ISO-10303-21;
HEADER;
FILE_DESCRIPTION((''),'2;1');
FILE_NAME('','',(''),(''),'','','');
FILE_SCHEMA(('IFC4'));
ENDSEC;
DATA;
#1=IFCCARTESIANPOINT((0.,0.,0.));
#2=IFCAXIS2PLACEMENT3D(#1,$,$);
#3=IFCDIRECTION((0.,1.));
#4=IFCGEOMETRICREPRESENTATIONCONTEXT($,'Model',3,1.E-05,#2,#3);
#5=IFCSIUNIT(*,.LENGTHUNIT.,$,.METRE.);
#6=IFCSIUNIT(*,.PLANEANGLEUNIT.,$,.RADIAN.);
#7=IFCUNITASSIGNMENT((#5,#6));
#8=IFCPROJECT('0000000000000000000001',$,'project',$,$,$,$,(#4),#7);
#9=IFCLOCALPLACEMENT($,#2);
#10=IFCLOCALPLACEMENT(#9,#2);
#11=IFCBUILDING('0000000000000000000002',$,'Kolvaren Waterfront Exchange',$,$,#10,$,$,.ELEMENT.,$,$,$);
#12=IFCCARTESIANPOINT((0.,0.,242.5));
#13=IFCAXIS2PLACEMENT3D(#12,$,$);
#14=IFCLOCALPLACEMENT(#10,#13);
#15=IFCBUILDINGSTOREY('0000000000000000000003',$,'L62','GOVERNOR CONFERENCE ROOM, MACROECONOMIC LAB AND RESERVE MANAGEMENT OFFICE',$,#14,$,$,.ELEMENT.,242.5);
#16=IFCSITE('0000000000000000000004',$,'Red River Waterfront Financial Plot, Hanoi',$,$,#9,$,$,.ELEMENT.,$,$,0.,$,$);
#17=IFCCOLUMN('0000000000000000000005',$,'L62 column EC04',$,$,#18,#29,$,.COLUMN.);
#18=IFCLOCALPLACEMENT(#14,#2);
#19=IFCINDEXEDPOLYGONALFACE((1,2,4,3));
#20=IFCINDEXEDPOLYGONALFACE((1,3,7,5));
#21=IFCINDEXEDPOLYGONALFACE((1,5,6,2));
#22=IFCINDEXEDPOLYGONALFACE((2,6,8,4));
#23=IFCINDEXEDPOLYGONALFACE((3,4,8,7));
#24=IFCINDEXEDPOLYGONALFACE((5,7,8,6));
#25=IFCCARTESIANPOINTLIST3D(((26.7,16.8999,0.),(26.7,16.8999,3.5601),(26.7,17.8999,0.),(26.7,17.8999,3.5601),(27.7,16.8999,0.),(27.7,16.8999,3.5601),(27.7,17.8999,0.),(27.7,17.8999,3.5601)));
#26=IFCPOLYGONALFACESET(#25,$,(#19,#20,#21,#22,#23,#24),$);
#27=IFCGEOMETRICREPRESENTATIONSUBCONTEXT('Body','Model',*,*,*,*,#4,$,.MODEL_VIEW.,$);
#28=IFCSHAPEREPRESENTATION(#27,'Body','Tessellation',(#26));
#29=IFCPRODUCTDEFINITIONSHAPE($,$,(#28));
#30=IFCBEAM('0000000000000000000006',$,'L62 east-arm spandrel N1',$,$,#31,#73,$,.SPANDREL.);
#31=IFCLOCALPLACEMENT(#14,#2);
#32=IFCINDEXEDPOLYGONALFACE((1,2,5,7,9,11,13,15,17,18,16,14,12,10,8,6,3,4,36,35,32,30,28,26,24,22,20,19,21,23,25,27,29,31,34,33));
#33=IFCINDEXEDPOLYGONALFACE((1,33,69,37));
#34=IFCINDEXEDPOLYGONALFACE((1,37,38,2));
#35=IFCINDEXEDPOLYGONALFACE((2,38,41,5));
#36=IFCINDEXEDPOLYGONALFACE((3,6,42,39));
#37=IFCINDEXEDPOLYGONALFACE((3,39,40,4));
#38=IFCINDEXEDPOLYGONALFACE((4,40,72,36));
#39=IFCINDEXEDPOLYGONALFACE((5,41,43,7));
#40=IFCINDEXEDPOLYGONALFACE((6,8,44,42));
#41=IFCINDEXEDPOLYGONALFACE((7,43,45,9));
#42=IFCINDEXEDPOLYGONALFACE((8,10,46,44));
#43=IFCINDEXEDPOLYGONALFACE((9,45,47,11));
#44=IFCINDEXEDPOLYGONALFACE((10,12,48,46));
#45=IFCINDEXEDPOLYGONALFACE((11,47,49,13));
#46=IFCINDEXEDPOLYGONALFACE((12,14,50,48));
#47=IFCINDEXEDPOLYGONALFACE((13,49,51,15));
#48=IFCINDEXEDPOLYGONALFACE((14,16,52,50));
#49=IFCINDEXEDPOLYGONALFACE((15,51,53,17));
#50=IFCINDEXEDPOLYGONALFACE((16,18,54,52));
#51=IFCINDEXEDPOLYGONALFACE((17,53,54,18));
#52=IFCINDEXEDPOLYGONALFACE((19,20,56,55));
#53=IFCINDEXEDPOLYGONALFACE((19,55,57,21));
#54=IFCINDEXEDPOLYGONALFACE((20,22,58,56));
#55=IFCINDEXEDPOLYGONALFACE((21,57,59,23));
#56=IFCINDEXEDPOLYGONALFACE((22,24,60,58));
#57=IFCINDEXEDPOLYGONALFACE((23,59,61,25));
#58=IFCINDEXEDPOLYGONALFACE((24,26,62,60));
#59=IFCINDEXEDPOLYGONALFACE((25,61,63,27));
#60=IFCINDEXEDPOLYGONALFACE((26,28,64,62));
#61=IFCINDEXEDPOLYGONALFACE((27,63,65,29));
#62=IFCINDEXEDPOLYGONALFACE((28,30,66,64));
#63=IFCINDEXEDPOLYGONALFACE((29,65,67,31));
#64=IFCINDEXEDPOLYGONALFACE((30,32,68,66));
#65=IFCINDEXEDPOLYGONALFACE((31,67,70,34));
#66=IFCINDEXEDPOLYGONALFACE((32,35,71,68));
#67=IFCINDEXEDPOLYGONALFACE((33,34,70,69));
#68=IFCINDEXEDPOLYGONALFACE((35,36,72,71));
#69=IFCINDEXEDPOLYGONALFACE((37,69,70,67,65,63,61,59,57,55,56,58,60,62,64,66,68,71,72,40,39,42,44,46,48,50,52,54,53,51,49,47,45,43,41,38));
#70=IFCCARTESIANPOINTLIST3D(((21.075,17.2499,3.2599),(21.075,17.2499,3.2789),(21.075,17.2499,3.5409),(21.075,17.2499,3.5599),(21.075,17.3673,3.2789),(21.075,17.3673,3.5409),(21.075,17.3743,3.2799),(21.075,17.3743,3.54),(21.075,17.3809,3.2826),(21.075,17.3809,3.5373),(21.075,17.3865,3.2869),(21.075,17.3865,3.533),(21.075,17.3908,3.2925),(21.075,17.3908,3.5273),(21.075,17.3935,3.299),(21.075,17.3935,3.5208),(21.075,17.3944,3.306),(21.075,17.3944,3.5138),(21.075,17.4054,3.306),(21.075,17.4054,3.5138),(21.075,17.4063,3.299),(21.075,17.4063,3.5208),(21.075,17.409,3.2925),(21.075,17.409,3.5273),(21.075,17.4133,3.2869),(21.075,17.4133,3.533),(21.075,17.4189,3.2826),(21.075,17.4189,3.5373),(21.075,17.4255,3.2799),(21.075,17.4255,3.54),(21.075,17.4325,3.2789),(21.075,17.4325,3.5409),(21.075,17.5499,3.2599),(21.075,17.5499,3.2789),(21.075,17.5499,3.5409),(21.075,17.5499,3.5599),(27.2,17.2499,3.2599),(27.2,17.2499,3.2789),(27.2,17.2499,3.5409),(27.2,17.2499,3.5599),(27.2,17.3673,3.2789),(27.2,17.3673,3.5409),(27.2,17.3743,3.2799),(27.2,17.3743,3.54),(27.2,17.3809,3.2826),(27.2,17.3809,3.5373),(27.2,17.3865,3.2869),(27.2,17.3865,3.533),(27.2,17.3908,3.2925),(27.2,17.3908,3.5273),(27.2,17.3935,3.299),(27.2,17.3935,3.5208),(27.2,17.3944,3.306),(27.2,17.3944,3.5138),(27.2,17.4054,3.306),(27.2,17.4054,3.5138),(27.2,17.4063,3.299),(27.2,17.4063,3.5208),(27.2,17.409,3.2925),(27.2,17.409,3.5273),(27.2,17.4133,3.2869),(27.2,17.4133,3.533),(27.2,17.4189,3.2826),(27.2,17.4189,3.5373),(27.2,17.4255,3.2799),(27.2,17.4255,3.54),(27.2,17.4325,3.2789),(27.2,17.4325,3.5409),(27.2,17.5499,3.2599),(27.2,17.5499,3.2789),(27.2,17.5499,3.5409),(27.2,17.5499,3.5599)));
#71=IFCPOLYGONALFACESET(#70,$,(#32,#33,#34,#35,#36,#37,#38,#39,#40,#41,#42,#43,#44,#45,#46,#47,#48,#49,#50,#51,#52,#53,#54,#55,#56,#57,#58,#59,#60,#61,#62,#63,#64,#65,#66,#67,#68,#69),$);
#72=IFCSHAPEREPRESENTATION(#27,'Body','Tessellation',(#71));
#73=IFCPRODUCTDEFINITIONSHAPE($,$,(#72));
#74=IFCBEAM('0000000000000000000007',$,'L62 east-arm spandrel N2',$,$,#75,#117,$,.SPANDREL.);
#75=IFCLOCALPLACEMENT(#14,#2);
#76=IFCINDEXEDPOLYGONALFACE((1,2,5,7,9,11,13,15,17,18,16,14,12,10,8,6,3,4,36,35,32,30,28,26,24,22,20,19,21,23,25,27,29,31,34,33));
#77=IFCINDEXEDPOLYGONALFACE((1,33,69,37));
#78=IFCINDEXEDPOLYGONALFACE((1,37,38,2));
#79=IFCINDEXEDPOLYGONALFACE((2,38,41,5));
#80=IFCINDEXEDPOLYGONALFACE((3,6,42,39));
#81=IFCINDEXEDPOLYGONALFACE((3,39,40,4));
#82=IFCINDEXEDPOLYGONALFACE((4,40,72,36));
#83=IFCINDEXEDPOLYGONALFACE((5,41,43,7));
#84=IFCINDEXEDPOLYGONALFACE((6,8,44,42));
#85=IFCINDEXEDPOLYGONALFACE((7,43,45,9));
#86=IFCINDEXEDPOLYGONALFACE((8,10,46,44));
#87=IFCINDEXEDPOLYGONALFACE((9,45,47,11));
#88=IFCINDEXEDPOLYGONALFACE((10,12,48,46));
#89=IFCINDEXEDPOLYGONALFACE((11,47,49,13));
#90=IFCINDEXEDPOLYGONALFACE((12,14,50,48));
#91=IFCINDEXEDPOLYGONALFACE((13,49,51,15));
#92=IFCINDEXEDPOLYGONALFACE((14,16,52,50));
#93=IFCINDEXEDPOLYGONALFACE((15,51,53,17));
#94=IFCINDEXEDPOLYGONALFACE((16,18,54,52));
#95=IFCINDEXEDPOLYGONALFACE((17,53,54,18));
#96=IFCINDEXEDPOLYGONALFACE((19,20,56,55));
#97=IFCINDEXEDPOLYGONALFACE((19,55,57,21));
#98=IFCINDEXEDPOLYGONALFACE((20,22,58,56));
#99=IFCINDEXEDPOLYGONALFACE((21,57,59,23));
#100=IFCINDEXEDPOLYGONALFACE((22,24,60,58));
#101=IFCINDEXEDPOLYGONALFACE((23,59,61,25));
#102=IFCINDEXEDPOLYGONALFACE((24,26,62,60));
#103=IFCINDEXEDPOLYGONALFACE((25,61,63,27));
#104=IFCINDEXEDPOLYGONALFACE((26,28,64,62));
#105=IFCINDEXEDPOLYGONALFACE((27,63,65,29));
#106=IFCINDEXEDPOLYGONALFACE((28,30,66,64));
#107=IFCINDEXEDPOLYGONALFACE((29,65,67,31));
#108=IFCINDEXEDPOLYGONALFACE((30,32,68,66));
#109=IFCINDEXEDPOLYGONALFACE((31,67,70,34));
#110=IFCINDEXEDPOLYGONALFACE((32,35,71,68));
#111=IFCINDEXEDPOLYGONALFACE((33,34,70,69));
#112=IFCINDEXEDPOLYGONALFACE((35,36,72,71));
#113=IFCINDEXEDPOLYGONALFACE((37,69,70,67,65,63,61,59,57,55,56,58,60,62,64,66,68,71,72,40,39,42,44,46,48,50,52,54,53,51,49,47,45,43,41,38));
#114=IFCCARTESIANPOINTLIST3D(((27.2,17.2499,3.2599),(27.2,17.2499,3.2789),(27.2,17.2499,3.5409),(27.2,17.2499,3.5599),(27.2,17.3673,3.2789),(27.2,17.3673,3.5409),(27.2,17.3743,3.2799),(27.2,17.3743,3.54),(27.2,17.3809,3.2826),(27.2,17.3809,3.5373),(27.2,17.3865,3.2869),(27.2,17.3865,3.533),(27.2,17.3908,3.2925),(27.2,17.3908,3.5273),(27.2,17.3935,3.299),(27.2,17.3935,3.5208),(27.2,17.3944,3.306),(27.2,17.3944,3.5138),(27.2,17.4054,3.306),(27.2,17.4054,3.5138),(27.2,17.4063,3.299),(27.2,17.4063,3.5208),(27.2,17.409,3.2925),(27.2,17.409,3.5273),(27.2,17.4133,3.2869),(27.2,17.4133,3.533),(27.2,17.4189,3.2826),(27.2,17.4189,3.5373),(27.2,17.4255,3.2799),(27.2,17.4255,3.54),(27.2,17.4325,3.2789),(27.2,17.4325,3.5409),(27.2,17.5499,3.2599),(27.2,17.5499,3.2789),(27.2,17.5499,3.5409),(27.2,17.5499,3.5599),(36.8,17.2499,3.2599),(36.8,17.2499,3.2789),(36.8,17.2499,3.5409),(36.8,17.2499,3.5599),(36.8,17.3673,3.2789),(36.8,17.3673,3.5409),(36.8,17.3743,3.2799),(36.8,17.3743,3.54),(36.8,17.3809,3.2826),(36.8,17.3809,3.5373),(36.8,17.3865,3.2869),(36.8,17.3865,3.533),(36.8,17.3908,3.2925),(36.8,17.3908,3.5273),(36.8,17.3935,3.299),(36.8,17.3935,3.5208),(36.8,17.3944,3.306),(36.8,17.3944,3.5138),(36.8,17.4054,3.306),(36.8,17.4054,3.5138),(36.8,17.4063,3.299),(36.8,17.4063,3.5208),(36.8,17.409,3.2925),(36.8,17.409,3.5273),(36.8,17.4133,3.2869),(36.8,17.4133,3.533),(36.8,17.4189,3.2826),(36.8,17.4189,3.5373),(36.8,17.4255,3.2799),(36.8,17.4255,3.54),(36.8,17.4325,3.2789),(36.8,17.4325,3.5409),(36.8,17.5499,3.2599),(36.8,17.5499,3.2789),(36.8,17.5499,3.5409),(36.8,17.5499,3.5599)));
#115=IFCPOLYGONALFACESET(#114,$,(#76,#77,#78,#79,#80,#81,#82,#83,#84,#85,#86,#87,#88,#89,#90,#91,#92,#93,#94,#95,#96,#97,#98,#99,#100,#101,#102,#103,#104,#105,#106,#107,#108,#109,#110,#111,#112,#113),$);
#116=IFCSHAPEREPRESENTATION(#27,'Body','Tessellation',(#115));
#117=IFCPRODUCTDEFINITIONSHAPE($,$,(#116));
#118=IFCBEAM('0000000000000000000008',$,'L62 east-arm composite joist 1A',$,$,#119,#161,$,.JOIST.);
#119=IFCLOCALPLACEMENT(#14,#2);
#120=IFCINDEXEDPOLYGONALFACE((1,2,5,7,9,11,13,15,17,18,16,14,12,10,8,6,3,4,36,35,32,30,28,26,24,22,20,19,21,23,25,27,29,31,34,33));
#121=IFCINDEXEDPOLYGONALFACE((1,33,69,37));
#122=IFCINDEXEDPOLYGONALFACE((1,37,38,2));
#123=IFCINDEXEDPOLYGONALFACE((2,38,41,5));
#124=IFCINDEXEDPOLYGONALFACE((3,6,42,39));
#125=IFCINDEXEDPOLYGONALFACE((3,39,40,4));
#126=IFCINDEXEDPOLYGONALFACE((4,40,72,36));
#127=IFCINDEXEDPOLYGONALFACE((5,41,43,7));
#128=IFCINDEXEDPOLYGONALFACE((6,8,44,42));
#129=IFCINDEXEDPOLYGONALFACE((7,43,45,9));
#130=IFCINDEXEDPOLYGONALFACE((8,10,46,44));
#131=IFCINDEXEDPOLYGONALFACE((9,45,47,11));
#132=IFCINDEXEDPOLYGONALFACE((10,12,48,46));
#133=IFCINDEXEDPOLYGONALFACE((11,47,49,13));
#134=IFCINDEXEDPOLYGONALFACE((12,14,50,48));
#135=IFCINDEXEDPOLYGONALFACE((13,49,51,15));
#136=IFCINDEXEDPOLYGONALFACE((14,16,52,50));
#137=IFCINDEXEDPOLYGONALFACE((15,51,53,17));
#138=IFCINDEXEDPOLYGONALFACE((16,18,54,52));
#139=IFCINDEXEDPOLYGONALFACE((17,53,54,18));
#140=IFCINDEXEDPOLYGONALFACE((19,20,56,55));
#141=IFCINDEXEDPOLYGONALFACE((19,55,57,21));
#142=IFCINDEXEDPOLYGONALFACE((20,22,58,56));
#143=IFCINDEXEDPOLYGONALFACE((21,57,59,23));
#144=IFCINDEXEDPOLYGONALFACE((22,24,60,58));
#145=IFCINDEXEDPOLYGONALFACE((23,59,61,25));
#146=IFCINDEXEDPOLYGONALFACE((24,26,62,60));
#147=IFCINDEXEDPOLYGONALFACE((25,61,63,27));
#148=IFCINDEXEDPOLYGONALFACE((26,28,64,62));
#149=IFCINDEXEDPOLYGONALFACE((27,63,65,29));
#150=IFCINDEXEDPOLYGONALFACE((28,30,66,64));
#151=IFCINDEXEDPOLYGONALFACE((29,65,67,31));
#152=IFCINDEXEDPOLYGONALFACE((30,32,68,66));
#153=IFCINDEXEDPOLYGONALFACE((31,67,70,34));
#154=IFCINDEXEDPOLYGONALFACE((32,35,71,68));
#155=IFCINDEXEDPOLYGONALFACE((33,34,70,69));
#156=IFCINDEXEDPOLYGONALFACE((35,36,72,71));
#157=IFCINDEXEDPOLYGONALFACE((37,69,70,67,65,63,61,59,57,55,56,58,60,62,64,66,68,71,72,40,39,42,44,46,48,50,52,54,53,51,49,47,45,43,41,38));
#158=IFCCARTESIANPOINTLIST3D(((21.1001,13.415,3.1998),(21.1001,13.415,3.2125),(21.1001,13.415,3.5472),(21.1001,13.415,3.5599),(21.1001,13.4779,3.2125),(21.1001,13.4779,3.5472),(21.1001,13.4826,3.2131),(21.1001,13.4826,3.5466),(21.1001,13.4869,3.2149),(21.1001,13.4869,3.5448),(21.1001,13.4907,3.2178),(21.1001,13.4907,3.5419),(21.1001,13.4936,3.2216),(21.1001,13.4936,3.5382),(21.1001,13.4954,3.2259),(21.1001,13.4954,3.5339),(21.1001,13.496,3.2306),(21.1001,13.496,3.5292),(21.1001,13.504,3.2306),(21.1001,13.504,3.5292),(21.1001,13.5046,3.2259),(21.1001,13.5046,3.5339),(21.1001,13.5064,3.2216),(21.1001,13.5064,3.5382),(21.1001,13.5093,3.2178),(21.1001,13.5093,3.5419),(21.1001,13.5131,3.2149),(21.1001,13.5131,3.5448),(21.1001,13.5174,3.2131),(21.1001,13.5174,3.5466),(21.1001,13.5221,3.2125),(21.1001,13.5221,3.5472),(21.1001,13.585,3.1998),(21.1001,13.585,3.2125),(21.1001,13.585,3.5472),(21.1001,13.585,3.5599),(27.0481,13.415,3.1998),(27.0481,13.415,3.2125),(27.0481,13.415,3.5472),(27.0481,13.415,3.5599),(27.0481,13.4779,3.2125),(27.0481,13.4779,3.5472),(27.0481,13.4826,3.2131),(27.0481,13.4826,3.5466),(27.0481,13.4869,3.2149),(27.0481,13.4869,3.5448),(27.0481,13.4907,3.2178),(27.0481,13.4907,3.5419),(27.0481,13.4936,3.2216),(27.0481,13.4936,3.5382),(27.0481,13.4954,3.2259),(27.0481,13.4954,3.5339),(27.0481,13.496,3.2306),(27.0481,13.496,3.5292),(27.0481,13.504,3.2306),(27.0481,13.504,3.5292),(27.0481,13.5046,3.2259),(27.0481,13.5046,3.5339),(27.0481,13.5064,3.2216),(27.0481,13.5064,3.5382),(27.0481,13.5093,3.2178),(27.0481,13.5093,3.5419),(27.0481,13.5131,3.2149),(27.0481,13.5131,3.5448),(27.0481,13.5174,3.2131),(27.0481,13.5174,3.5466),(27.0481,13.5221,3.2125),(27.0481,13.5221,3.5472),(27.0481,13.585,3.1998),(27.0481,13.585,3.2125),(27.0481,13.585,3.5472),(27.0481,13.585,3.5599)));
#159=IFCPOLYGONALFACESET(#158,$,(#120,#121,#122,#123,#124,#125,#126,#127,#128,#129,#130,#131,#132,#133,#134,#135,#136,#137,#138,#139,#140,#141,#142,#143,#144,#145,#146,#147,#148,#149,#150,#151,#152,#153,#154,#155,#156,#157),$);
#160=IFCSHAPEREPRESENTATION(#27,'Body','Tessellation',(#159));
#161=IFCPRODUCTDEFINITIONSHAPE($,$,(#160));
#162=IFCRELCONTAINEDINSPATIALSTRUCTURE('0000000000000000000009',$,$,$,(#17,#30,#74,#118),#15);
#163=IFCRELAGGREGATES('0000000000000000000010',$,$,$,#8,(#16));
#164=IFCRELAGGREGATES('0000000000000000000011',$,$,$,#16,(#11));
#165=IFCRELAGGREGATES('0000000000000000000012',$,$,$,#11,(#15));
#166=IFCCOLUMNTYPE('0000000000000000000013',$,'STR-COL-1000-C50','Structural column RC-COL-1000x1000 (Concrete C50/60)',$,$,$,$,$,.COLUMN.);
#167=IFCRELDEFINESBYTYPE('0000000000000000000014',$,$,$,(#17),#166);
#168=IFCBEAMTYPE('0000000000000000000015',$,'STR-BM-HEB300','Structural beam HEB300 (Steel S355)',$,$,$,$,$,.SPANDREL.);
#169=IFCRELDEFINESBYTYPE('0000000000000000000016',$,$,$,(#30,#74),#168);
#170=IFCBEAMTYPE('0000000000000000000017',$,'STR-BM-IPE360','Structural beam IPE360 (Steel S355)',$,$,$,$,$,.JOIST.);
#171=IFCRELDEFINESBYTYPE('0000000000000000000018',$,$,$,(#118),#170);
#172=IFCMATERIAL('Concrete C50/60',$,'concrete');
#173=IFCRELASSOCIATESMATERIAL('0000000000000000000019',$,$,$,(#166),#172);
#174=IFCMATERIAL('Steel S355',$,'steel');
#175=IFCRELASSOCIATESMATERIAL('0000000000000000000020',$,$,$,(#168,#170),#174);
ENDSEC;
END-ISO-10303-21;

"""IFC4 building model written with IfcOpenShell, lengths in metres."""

from ifc_helpers import new_model, si_unit, direction, frame, origin, origin_2d, place, context, subcontext, project, spatial, rectangle, i_section, extrude, material, material_profile, profile_set, type_object, element, save


model = new_model("IFC4")

# Units and contexts
model_context = context("Model", 3, precision=1e-05, world=origin(), true_north=direction((0.0, 1.0)))
body_context = subcontext(model_context, "Body", "Model", "MODEL_VIEW")
ifc_project = project(units=[si_unit("LENGTHUNIT", "METRE"), si_unit("PLANEANGLEUNIT", "RADIAN")], contexts=[model_context])

# Site, building, storey
site_placement = place(None, origin())
site = spatial("IfcSite", under=ifc_project, at=site_placement, Name="Red River Waterfront Financial Plot, Hanoi", CompositionType="ELEMENT", RefElevation=0.0)
building_placement = place(site_placement, origin())
building = spatial("IfcBuilding", under=site, at=building_placement, Name="Kolvaren Waterfront Exchange", CompositionType="ELEMENT")
storey_placement = place(building_placement, frame((0.0, 0.0, 242.5)))
storey = spatial("IfcBuildingStorey", under=building, at=storey_placement, Name="L62", Description="GOVERNOR CONFERENCE ROOM, MACROECONOMIC LAB AND RESERVE MANAGEMENT OFFICE", CompositionType="ELEMENT", Elevation=242.5)

# Column
ifc_material_1 = material(Name="Concrete C50/60", Category="concrete")
ifc_material_profile_1 = material_profile(ifc_material_1, rectangle(XDim=1.0, YDim=1.0, at=origin_2d()), Name="RC-COL-1000x1000")
ifc_profile_set_1 = profile_set([ifc_material_profile_1], Name="Concrete C50/60")
column_type = type_object("IfcColumnType", Name="STR-COL-1000-C50", Description="Structural column RC-COL-1000x1000 (Concrete C50/60)", PredefinedType="COLUMN", material=ifc_profile_set_1)
column_placement = place(storey_placement, frame((27.2, 17.3999, 0.0), z_axis=(0.0, 0.0, 1.0), x_axis=(1.0, 0.0, 0.0)))
element("IfcColumn", 1, at=column_placement, inside=storey, type_object=column_type, Name="L62 column EC04", PredefinedType="COLUMN", context=body_context, shape_type="SweptSolid", body=[
    extrude(rectangle(XDim=1.0, YDim=1.0, at=origin_2d()), origin(), (0.0, 0.0, 1.0), 3.5601),
])

# Beams
ifc_material_2 = material(Name="Steel S355", Category="steel")
ifc_material_profile_2 = material_profile(ifc_material_2, i_section(OverallWidth=0.3, OverallDepth=0.3, WebThickness=0.011, FlangeThickness=0.019, FilletRadius=0.0271, at=origin_2d()), Name="HEB300")
ifc_profile_set_2 = profile_set([ifc_material_profile_2], Name="Steel S355")
beam_type_1 = type_object("IfcBeamType", Name="STR-BM-HEB300", Description="Structural beam HEB300 (Steel S355)", PredefinedType="SPANDREL", material=ifc_profile_set_2)
beam_1_placement = place(storey_placement, frame((21.075, 17.3999, 3.4099), z_axis=(1.0, 0.0, 0.0), x_axis=(0.0, 1.0, 0.0)))
element("IfcBeam", 2, at=beam_1_placement, inside=storey, type_object=beam_type_1, Name="L62 east-arm spandrel N1", PredefinedType="SPANDREL", context=body_context, shape_type="SweptSolid", body=[
    extrude(i_section(OverallWidth=0.3, OverallDepth=0.3, WebThickness=0.011, FlangeThickness=0.019, FilletRadius=0.0271, at=origin_2d()), origin(), (0.0, 0.0, 1.0), 6.125),
])
beam_2_placement = place(storey_placement, frame((27.2, 17.3999, 3.4099), z_axis=(1.0, 0.0, 0.0), x_axis=(0.0, 1.0, 0.0)))
element("IfcBeam", 3, at=beam_2_placement, inside=storey, type_object=beam_type_1, Name="L62 east-arm spandrel N2", PredefinedType="SPANDREL", context=body_context, shape_type="SweptSolid", body=[
    extrude(i_section(OverallWidth=0.3, OverallDepth=0.3, WebThickness=0.011, FlangeThickness=0.019, FilletRadius=0.0271, at=origin_2d()), origin(), (0.0, 0.0, 1.0), 9.6001),
])
ifc_material_profile_3 = material_profile(ifc_material_2, i_section(OverallWidth=0.1699, OverallDepth=0.3601, WebThickness=0.0081, FlangeThickness=0.0127, FilletRadius=0.0181, at=origin_2d()), Name="IPE360")
ifc_profile_set_3 = profile_set([ifc_material_profile_3], Name="Steel S355")
beam_type_2 = type_object("IfcBeamType", Name="STR-BM-IPE360", Description="Structural beam IPE360 (Steel S355)", PredefinedType="JOIST", material=ifc_profile_set_3)
for number, where, z_axis, x_axis, name in (
    (4, (21.1001, 13.5, 3.3799), (1.0, 0.0, 0.0), (0.0, 1.0, 0.0), "L62 east-arm composite joist 1A"),
):
    element("IfcBeam", number, at=place(storey_placement, frame(where, z_axis=z_axis, x_axis=x_axis)), inside=storey, type_object=beam_type_2, Name=name, PredefinedType="JOIST", context=body_context, shape_type="SweptSolid", body=[
        extrude(i_section(OverallWidth=0.1699, OverallDepth=0.3601, WebThickness=0.0081, FlangeThickness=0.0127, FilletRadius=0.0181, at=origin_2d()), origin(), (0.0, 0.0, 1.0), 5.948),
    ])

save(model, "model.ifc")
